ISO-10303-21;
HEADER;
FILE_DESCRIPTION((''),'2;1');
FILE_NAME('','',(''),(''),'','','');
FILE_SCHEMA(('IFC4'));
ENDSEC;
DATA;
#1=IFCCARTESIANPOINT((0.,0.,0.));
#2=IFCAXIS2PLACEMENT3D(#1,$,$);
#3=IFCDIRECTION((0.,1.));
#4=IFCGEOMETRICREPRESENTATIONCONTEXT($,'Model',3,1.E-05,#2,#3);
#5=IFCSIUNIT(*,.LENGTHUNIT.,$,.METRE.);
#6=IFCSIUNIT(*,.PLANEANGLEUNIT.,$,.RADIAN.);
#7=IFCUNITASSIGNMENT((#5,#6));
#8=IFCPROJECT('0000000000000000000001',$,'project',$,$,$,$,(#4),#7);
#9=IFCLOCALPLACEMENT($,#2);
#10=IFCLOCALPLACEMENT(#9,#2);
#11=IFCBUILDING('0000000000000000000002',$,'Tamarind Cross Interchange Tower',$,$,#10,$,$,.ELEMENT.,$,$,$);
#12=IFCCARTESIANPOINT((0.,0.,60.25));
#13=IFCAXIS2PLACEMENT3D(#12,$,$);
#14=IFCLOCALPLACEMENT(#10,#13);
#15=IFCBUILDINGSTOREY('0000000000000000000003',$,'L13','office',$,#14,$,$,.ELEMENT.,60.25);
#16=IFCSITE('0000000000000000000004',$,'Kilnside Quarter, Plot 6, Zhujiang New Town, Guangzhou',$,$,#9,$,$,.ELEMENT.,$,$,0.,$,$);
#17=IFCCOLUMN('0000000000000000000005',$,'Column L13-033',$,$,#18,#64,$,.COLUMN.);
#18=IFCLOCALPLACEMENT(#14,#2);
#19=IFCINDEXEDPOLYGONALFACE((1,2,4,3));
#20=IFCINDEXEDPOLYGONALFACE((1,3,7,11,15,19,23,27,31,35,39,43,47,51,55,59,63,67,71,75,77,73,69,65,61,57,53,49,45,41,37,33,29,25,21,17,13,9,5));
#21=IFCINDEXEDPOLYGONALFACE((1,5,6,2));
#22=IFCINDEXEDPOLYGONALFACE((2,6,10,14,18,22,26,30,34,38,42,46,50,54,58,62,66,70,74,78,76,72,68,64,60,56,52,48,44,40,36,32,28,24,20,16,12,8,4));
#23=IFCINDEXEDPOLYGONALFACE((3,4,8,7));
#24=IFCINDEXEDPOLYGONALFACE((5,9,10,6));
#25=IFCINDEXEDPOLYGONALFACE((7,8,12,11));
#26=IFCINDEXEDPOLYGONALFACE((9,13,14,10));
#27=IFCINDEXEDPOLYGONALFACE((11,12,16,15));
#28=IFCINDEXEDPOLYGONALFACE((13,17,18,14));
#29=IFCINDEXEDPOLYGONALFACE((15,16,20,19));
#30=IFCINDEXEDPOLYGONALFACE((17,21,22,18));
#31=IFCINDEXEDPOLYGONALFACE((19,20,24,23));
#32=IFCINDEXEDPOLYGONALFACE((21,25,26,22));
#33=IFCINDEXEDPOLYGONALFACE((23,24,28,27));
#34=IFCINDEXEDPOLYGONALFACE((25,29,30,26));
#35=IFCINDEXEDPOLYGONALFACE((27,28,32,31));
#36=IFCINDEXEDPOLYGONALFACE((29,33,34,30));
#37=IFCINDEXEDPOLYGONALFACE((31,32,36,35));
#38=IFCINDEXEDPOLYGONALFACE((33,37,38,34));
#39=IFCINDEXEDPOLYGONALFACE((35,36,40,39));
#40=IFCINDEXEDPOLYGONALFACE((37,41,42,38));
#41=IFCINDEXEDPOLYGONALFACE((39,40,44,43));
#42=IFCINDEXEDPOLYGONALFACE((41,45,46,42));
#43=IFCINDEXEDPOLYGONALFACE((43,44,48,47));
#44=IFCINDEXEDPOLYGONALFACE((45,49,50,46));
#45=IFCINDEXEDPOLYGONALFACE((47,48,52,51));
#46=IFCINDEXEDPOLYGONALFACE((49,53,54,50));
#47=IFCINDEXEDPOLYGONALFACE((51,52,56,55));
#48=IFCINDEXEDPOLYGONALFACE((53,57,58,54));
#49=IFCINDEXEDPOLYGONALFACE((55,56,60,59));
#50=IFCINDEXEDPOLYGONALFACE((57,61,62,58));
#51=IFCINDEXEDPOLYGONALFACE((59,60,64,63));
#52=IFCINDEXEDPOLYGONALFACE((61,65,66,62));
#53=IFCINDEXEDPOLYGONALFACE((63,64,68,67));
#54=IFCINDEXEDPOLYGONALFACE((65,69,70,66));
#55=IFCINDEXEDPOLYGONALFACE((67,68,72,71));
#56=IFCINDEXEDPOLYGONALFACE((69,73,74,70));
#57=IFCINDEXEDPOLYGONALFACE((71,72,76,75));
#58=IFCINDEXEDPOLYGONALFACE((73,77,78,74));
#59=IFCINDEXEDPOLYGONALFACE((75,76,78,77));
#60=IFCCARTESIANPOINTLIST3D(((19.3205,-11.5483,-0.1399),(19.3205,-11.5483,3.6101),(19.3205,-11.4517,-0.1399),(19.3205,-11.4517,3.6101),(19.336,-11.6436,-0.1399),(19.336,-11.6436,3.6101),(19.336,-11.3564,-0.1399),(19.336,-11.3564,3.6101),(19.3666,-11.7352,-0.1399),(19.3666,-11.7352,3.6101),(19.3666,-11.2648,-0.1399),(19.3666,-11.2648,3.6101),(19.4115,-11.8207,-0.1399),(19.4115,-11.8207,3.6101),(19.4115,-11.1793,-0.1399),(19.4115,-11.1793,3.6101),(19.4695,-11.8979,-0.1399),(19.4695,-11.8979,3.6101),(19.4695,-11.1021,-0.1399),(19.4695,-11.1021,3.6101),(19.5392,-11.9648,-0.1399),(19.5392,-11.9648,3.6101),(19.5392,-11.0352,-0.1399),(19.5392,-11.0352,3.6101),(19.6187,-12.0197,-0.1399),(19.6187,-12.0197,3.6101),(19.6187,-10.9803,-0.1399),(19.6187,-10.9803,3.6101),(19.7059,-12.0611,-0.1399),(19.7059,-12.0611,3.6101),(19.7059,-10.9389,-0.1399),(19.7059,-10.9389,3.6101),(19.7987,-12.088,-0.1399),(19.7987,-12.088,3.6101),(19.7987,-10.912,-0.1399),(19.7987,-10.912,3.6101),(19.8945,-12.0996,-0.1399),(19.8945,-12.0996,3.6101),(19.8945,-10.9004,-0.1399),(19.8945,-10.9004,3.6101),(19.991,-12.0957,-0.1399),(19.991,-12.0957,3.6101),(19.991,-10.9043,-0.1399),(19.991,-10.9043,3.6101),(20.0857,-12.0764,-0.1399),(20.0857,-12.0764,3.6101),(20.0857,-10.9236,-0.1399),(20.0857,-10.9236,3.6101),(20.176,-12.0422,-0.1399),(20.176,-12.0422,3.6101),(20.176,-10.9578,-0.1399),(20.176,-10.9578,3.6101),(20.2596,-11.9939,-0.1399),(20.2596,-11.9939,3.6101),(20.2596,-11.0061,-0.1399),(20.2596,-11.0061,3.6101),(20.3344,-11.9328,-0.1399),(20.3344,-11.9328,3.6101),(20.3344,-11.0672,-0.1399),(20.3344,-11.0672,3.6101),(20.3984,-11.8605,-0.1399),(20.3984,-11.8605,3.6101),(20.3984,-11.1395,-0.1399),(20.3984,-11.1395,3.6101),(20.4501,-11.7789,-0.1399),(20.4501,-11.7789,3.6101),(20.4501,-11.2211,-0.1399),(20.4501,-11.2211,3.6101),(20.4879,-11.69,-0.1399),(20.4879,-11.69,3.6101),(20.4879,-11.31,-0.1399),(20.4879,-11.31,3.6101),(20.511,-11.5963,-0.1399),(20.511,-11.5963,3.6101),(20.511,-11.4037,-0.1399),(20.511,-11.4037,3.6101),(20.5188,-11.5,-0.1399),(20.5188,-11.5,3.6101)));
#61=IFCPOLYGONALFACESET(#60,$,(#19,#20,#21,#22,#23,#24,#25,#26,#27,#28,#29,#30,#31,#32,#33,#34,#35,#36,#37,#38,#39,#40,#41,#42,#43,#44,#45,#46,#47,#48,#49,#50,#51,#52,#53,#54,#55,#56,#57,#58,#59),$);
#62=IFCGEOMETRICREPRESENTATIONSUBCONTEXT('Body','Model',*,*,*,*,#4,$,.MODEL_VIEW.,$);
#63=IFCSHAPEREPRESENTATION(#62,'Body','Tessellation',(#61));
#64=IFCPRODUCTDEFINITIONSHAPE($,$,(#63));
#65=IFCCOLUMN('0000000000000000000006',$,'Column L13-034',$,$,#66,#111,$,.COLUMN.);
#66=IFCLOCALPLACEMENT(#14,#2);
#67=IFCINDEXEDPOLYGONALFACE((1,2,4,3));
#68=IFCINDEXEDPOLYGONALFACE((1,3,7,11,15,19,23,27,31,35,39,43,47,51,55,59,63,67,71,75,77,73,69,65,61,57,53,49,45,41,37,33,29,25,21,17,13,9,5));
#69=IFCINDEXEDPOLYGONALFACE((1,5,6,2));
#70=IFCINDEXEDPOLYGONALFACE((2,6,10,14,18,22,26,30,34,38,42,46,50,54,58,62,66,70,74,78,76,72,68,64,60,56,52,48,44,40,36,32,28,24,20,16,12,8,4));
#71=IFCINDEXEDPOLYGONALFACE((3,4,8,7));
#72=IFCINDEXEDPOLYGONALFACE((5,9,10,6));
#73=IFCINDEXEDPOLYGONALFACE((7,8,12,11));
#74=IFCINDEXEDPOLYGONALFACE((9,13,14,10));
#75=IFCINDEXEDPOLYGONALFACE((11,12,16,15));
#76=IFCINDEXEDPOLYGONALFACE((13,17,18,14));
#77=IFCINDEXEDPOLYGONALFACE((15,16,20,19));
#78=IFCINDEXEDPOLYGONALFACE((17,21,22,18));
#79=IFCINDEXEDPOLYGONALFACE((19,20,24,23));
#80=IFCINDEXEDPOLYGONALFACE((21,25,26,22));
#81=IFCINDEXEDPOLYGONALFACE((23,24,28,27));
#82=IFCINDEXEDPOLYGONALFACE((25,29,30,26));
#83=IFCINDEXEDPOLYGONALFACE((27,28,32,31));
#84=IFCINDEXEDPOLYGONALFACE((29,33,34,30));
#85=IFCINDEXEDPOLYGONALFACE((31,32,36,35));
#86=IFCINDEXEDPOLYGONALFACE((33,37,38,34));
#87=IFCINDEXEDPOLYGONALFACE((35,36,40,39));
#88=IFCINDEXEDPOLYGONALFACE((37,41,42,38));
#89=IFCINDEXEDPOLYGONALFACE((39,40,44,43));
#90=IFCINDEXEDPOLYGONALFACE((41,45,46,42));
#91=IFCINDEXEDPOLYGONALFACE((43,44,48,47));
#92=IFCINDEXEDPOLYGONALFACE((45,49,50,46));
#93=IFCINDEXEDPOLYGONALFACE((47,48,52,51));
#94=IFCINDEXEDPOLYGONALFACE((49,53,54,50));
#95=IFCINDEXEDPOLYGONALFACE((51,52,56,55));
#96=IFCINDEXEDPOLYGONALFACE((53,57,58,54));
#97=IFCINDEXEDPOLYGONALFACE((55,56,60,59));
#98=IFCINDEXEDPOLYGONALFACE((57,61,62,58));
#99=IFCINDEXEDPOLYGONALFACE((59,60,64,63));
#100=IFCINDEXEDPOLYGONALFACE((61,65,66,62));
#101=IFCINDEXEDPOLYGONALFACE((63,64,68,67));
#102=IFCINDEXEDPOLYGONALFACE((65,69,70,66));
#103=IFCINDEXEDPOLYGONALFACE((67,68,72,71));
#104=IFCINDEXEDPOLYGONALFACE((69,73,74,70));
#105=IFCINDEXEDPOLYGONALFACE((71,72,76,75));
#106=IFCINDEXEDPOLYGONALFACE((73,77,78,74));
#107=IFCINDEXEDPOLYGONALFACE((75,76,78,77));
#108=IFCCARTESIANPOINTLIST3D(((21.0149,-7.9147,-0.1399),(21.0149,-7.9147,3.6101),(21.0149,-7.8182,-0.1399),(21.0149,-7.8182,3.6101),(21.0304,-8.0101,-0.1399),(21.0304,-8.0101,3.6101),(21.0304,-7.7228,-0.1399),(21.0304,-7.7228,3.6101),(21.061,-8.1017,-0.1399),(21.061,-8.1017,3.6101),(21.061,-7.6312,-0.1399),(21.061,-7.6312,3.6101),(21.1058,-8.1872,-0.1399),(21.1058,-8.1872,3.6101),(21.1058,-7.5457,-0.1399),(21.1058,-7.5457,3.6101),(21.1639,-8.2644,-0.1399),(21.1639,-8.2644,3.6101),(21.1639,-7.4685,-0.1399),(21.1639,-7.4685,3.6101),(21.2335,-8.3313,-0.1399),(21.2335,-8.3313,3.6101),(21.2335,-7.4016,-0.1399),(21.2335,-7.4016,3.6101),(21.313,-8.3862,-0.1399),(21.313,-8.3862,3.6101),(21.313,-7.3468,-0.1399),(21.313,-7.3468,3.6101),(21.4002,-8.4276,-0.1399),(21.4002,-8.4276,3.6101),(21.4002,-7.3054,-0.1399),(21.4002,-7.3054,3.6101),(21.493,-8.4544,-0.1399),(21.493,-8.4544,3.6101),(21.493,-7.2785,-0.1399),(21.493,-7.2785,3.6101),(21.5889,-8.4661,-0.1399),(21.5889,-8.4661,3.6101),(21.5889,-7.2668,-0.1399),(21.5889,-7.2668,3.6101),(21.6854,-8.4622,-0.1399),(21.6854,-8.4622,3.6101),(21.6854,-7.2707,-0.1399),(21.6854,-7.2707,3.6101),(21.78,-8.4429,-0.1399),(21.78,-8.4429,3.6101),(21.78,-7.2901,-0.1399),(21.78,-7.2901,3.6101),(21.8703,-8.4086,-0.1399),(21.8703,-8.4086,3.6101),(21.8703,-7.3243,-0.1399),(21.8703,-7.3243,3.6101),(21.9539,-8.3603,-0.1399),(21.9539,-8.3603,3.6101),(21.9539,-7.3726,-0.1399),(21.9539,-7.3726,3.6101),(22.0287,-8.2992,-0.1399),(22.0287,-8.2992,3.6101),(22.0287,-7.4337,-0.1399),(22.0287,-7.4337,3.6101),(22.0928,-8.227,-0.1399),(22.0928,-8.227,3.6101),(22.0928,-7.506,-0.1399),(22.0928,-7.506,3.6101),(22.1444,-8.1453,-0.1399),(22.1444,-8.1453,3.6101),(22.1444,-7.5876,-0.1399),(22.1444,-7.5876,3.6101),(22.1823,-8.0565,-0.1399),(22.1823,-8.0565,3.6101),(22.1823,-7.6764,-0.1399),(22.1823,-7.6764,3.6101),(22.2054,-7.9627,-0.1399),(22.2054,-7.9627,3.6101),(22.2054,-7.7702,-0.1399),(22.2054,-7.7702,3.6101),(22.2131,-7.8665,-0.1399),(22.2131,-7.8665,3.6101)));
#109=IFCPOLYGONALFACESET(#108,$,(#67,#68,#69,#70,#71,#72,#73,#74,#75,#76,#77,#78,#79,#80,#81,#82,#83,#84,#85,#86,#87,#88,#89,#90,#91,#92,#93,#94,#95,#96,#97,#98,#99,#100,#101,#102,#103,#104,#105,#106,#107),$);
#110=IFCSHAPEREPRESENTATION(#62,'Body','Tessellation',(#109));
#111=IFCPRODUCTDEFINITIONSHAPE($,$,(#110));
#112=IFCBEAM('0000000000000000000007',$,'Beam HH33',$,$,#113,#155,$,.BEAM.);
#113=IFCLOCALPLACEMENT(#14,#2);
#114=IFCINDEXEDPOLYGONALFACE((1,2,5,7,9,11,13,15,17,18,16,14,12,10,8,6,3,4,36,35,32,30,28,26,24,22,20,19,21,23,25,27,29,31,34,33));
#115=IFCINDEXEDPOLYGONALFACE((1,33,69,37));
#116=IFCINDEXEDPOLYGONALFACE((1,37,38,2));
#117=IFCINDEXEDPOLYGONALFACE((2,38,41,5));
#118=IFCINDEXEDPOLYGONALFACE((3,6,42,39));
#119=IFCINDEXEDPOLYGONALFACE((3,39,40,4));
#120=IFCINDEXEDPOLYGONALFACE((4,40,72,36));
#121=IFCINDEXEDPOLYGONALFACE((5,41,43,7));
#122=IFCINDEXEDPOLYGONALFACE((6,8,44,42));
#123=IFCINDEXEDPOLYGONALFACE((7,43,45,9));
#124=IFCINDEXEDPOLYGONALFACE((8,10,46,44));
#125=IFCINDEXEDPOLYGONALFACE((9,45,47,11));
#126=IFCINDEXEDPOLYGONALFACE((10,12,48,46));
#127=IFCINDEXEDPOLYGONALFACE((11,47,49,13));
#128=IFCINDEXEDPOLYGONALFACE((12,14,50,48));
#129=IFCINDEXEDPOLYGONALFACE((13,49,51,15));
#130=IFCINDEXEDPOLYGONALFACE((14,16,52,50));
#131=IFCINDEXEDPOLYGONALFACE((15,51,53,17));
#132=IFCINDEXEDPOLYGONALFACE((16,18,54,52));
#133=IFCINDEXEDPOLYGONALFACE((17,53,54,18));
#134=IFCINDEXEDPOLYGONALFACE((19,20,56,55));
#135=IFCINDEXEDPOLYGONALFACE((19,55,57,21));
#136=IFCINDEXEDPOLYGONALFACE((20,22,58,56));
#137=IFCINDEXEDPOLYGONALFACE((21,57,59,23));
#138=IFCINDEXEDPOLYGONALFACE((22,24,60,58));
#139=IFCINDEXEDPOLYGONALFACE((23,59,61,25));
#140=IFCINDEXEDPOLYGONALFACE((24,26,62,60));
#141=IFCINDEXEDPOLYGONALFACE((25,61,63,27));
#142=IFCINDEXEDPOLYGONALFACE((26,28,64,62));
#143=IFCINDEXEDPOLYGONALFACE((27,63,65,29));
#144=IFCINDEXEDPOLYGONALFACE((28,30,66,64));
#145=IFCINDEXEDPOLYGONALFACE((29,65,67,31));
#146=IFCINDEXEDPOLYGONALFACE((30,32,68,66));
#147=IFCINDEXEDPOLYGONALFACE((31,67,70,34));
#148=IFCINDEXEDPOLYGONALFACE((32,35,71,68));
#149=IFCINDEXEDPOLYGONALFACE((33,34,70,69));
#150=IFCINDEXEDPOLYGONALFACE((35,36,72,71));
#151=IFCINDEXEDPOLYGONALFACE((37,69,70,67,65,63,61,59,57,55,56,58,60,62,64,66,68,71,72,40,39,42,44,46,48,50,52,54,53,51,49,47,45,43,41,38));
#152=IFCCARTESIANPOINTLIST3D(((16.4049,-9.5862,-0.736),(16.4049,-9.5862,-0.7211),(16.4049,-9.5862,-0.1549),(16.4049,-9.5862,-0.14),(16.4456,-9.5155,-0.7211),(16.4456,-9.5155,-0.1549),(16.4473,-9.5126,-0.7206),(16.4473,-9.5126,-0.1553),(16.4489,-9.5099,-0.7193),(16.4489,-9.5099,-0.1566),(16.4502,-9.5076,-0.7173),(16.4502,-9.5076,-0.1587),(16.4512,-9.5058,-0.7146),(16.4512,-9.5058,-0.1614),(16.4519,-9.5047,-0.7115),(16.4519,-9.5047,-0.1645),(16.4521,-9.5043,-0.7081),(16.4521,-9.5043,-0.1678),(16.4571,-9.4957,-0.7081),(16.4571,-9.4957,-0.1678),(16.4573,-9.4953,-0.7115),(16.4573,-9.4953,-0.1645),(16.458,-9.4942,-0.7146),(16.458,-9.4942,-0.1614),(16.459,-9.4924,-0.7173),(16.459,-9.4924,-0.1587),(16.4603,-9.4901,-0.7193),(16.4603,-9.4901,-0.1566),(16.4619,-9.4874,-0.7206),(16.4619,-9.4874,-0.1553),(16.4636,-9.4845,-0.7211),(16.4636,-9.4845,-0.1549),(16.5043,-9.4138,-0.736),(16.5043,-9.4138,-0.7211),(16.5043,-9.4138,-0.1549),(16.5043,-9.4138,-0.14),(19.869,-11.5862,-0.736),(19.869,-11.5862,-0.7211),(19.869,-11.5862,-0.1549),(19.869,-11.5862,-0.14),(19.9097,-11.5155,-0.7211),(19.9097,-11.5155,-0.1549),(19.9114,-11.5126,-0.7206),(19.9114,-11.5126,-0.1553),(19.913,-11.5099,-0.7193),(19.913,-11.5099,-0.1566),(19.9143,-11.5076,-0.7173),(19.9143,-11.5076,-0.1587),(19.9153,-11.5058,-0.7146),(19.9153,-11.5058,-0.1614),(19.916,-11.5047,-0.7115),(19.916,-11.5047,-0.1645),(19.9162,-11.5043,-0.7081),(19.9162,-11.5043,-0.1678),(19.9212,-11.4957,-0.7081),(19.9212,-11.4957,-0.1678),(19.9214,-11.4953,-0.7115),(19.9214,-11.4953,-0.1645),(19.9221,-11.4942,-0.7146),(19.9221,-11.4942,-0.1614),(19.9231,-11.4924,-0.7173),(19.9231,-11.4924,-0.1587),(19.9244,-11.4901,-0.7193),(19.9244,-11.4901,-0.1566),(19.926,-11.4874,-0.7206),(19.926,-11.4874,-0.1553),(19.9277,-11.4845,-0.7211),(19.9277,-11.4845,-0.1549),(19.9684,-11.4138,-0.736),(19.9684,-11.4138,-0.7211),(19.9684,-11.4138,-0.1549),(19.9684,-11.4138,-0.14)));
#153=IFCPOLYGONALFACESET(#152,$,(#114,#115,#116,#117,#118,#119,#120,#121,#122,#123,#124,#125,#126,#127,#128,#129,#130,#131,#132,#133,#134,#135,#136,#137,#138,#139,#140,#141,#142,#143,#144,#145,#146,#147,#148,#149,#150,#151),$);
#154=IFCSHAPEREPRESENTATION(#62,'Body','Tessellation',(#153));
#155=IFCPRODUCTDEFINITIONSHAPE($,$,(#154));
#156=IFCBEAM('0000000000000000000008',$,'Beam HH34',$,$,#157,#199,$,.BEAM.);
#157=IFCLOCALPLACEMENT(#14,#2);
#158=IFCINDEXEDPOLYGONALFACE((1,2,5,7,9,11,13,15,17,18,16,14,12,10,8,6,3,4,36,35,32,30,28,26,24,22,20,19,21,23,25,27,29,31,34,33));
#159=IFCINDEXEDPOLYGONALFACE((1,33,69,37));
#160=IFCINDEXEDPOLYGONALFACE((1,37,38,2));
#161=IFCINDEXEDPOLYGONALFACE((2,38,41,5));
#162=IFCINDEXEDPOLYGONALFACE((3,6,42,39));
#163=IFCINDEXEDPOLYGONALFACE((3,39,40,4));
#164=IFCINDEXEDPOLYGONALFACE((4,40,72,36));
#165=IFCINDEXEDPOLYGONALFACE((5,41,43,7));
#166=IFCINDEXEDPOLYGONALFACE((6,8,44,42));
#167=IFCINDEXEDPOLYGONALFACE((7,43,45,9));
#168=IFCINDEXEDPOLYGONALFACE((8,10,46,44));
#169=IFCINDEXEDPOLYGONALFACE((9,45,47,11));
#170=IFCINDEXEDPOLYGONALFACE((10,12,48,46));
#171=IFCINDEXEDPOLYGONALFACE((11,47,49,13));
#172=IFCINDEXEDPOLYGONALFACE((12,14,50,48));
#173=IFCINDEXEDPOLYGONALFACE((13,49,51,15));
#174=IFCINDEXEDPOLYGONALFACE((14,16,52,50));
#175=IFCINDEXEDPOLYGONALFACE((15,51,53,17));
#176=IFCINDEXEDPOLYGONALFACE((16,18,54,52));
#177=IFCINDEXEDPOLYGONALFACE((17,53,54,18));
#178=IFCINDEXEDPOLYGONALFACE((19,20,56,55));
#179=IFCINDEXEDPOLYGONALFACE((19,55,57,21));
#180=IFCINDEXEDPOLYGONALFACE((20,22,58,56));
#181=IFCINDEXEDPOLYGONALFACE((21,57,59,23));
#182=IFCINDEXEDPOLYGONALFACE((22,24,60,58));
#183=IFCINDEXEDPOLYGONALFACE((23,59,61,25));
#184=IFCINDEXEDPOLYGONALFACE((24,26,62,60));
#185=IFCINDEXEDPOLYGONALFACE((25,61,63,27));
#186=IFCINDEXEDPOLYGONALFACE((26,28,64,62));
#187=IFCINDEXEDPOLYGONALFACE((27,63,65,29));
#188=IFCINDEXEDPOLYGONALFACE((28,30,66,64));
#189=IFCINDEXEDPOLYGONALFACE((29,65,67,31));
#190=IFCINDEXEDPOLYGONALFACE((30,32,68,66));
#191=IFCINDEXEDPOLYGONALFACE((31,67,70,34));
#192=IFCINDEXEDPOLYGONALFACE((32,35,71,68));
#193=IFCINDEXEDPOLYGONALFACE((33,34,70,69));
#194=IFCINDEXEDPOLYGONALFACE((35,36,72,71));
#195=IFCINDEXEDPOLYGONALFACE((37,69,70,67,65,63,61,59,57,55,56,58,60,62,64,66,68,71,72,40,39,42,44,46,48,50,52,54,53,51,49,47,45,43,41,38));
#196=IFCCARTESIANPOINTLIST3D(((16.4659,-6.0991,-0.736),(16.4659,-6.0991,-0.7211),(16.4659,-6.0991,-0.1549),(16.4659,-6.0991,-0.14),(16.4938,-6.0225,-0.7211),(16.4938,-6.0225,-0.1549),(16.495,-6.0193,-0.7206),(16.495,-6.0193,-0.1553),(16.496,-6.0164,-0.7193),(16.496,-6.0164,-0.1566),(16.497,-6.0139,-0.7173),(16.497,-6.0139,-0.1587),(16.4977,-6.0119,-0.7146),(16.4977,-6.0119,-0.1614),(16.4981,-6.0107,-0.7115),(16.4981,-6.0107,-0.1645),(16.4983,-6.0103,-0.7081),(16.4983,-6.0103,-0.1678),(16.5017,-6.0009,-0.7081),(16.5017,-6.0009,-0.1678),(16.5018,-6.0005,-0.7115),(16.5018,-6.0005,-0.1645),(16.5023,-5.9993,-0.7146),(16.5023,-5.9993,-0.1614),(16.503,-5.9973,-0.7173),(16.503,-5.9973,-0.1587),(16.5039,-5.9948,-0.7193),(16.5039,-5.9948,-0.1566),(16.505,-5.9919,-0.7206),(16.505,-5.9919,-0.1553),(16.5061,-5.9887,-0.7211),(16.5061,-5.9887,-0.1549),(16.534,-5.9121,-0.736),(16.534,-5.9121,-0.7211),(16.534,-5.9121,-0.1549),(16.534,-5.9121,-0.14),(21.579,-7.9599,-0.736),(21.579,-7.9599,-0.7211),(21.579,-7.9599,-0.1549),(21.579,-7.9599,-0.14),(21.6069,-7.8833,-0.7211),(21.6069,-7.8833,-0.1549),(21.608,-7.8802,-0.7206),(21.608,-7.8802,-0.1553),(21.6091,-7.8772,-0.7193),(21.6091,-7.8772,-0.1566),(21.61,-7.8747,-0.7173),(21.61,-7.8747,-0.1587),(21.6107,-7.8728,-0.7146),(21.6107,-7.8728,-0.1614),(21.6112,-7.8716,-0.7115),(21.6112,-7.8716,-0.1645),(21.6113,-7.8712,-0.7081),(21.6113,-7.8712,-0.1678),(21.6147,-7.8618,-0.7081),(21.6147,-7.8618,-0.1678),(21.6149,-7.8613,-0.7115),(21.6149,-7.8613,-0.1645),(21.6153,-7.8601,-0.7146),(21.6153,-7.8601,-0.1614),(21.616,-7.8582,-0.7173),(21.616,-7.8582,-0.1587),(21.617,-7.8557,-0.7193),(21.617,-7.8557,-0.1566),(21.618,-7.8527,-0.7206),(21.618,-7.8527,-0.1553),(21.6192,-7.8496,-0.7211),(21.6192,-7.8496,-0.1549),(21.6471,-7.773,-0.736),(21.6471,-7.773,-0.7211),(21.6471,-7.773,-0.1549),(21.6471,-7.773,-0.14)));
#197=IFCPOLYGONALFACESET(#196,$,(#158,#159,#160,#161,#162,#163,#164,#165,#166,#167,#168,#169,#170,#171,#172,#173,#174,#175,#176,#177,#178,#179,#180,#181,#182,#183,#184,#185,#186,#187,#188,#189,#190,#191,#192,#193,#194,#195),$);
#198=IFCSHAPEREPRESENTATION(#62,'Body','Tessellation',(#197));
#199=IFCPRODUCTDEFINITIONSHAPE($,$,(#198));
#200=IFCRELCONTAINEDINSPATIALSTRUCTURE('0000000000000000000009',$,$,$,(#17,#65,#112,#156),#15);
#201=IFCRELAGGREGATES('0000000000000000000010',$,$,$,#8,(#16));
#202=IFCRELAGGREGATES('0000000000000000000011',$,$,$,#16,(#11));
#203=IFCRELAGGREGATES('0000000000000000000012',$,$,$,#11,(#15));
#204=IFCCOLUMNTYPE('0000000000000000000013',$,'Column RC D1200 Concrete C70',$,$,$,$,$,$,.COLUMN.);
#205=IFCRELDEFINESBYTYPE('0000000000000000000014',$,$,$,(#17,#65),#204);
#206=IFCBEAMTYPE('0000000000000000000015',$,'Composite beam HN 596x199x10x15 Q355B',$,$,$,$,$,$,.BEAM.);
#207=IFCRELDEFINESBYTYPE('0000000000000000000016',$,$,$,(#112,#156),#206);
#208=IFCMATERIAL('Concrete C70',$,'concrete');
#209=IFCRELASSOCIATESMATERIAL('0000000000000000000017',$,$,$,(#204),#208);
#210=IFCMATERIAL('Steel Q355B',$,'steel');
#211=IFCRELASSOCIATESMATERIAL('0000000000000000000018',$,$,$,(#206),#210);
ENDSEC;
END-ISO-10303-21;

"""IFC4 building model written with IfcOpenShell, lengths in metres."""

from ifc_helpers import new_model, si_unit, direction, frame, origin, origin_2d, place, context, subcontext, project, spatial, circle, i_section, extrude, material, material_profile, profile_set, type_object, element, save


model = new_model("IFC4")

# Units and contexts
model_context = context("Model", 3, precision=1e-05, world=origin(), true_north=direction((0.0, 1.0)))
body_context = subcontext(model_context, "Body", "Model", "MODEL_VIEW")
ifc_project = project(units=[si_unit("LENGTHUNIT", "METRE"), si_unit("PLANEANGLEUNIT", "RADIAN")], contexts=[model_context])

# Site, building, storey
site_placement = place(None, origin())
site = spatial("IfcSite", under=ifc_project, at=site_placement, Name="Kilnside Quarter, Plot 6, Zhujiang New Town, Guangzhou", CompositionType="ELEMENT", RefElevation=0.0)
building_placement = place(site_placement, origin())
building = spatial("IfcBuilding", under=site, at=building_placement, Name="Tamarind Cross Interchange Tower", CompositionType="ELEMENT")
storey_placement = place(building_placement, frame((0.0, 0.0, 60.25)))
storey = spatial("IfcBuildingStorey", under=building, at=storey_placement, Name="L13", Description="office", CompositionType="ELEMENT", Elevation=60.25)

# Columns
ifc_material_1 = material(Name="Concrete C70", Category="concrete")
ifc_material_profile_1 = material_profile(ifc_material_1, circle(Radius=0.6001, at=origin_2d()), Name="RC D1200")
ifc_profile_set_1 = profile_set([ifc_material_profile_1], Name="Concrete C70")
column_type = type_object("IfcColumnType", Name="Column RC D1200 Concrete C70", PredefinedType="COLUMN", material=ifc_profile_set_1)
for number, where, z_axis, x_axis, name in (
    (1, (19.9187, -11.5, -0.1399), (0.0, 0.0, 1.0), (1.0, 0.0, 0.0), "Column L13-033"),
    (2, (21.613, -7.8665, -0.1399), (0.0, 0.0, 1.0), (1.0, 0.0, 0.0), "Column L13-034"),
):
    element("IfcColumn", number, at=place(storey_placement, frame(where, z_axis=z_axis, x_axis=x_axis)), inside=storey, type_object=column_type, Name=name, PredefinedType="COLUMN", context=body_context, shape_type="SweptSolid", body=[
        extrude(circle(Radius=0.6001, at=origin_2d()), origin(), (0.0, 0.0, 1.0), 3.75),
    ])

# Beams
ifc_material_2 = material(Name="Steel Q355B", Category="steel")
ifc_material_profile_2 = material_profile(ifc_material_2, i_section(OverallWidth=0.199, OverallDepth=0.5959, WebThickness=0.01, FlangeThickness=0.0149, FilletRadius=0.0129, at=origin_2d()), Name="HN 596x199x10x15")
ifc_profile_set_2 = profile_set([ifc_material_profile_2], Name="Steel Q355B")
beam_type = type_object("IfcBeamType", Name="Composite beam HN 596x199x10x15 Q355B", PredefinedType="BEAM", material=ifc_profile_set_2)
beam_1_placement = place(storey_placement, frame((19.9187, -11.5, -0.438), z_axis=(-0.866026, 0.499999, 0.0), x_axis=(-0.499999, -0.866026, 0.0)))
element("IfcBeam", 3, at=beam_1_placement, inside=storey, type_object=beam_type, Name="Beam HH33", PredefinedType="BEAM", context=body_context, shape_type="SweptSolid", body=[
    extrude(i_section(OverallWidth=0.199, OverallDepth=0.5959, WebThickness=0.01, FlangeThickness=0.0149, FilletRadius=0.0129, at=origin_2d()), origin(), (0.0, 0.0, 1.0), 4.0),
])
beam_2_placement = place(storey_placement, frame((21.613, -7.8665, -0.438), z_axis=(-0.939702, 0.341995, 0.0), x_axis=(-0.341995, -0.939702, 0.0)))
element("IfcBeam", 4, at=beam_2_placement, inside=storey, type_object=beam_type, Name="Beam HH34", PredefinedType="BEAM", context=body_context, shape_type="SweptSolid", body=[
    extrude(i_section(OverallWidth=0.199, OverallDepth=0.5959, WebThickness=0.01, FlangeThickness=0.0149, FilletRadius=0.0129, at=origin_2d()), origin(), (0.0, 0.0, 1.0), 5.4412),
])

save(model, "model.ifc")
